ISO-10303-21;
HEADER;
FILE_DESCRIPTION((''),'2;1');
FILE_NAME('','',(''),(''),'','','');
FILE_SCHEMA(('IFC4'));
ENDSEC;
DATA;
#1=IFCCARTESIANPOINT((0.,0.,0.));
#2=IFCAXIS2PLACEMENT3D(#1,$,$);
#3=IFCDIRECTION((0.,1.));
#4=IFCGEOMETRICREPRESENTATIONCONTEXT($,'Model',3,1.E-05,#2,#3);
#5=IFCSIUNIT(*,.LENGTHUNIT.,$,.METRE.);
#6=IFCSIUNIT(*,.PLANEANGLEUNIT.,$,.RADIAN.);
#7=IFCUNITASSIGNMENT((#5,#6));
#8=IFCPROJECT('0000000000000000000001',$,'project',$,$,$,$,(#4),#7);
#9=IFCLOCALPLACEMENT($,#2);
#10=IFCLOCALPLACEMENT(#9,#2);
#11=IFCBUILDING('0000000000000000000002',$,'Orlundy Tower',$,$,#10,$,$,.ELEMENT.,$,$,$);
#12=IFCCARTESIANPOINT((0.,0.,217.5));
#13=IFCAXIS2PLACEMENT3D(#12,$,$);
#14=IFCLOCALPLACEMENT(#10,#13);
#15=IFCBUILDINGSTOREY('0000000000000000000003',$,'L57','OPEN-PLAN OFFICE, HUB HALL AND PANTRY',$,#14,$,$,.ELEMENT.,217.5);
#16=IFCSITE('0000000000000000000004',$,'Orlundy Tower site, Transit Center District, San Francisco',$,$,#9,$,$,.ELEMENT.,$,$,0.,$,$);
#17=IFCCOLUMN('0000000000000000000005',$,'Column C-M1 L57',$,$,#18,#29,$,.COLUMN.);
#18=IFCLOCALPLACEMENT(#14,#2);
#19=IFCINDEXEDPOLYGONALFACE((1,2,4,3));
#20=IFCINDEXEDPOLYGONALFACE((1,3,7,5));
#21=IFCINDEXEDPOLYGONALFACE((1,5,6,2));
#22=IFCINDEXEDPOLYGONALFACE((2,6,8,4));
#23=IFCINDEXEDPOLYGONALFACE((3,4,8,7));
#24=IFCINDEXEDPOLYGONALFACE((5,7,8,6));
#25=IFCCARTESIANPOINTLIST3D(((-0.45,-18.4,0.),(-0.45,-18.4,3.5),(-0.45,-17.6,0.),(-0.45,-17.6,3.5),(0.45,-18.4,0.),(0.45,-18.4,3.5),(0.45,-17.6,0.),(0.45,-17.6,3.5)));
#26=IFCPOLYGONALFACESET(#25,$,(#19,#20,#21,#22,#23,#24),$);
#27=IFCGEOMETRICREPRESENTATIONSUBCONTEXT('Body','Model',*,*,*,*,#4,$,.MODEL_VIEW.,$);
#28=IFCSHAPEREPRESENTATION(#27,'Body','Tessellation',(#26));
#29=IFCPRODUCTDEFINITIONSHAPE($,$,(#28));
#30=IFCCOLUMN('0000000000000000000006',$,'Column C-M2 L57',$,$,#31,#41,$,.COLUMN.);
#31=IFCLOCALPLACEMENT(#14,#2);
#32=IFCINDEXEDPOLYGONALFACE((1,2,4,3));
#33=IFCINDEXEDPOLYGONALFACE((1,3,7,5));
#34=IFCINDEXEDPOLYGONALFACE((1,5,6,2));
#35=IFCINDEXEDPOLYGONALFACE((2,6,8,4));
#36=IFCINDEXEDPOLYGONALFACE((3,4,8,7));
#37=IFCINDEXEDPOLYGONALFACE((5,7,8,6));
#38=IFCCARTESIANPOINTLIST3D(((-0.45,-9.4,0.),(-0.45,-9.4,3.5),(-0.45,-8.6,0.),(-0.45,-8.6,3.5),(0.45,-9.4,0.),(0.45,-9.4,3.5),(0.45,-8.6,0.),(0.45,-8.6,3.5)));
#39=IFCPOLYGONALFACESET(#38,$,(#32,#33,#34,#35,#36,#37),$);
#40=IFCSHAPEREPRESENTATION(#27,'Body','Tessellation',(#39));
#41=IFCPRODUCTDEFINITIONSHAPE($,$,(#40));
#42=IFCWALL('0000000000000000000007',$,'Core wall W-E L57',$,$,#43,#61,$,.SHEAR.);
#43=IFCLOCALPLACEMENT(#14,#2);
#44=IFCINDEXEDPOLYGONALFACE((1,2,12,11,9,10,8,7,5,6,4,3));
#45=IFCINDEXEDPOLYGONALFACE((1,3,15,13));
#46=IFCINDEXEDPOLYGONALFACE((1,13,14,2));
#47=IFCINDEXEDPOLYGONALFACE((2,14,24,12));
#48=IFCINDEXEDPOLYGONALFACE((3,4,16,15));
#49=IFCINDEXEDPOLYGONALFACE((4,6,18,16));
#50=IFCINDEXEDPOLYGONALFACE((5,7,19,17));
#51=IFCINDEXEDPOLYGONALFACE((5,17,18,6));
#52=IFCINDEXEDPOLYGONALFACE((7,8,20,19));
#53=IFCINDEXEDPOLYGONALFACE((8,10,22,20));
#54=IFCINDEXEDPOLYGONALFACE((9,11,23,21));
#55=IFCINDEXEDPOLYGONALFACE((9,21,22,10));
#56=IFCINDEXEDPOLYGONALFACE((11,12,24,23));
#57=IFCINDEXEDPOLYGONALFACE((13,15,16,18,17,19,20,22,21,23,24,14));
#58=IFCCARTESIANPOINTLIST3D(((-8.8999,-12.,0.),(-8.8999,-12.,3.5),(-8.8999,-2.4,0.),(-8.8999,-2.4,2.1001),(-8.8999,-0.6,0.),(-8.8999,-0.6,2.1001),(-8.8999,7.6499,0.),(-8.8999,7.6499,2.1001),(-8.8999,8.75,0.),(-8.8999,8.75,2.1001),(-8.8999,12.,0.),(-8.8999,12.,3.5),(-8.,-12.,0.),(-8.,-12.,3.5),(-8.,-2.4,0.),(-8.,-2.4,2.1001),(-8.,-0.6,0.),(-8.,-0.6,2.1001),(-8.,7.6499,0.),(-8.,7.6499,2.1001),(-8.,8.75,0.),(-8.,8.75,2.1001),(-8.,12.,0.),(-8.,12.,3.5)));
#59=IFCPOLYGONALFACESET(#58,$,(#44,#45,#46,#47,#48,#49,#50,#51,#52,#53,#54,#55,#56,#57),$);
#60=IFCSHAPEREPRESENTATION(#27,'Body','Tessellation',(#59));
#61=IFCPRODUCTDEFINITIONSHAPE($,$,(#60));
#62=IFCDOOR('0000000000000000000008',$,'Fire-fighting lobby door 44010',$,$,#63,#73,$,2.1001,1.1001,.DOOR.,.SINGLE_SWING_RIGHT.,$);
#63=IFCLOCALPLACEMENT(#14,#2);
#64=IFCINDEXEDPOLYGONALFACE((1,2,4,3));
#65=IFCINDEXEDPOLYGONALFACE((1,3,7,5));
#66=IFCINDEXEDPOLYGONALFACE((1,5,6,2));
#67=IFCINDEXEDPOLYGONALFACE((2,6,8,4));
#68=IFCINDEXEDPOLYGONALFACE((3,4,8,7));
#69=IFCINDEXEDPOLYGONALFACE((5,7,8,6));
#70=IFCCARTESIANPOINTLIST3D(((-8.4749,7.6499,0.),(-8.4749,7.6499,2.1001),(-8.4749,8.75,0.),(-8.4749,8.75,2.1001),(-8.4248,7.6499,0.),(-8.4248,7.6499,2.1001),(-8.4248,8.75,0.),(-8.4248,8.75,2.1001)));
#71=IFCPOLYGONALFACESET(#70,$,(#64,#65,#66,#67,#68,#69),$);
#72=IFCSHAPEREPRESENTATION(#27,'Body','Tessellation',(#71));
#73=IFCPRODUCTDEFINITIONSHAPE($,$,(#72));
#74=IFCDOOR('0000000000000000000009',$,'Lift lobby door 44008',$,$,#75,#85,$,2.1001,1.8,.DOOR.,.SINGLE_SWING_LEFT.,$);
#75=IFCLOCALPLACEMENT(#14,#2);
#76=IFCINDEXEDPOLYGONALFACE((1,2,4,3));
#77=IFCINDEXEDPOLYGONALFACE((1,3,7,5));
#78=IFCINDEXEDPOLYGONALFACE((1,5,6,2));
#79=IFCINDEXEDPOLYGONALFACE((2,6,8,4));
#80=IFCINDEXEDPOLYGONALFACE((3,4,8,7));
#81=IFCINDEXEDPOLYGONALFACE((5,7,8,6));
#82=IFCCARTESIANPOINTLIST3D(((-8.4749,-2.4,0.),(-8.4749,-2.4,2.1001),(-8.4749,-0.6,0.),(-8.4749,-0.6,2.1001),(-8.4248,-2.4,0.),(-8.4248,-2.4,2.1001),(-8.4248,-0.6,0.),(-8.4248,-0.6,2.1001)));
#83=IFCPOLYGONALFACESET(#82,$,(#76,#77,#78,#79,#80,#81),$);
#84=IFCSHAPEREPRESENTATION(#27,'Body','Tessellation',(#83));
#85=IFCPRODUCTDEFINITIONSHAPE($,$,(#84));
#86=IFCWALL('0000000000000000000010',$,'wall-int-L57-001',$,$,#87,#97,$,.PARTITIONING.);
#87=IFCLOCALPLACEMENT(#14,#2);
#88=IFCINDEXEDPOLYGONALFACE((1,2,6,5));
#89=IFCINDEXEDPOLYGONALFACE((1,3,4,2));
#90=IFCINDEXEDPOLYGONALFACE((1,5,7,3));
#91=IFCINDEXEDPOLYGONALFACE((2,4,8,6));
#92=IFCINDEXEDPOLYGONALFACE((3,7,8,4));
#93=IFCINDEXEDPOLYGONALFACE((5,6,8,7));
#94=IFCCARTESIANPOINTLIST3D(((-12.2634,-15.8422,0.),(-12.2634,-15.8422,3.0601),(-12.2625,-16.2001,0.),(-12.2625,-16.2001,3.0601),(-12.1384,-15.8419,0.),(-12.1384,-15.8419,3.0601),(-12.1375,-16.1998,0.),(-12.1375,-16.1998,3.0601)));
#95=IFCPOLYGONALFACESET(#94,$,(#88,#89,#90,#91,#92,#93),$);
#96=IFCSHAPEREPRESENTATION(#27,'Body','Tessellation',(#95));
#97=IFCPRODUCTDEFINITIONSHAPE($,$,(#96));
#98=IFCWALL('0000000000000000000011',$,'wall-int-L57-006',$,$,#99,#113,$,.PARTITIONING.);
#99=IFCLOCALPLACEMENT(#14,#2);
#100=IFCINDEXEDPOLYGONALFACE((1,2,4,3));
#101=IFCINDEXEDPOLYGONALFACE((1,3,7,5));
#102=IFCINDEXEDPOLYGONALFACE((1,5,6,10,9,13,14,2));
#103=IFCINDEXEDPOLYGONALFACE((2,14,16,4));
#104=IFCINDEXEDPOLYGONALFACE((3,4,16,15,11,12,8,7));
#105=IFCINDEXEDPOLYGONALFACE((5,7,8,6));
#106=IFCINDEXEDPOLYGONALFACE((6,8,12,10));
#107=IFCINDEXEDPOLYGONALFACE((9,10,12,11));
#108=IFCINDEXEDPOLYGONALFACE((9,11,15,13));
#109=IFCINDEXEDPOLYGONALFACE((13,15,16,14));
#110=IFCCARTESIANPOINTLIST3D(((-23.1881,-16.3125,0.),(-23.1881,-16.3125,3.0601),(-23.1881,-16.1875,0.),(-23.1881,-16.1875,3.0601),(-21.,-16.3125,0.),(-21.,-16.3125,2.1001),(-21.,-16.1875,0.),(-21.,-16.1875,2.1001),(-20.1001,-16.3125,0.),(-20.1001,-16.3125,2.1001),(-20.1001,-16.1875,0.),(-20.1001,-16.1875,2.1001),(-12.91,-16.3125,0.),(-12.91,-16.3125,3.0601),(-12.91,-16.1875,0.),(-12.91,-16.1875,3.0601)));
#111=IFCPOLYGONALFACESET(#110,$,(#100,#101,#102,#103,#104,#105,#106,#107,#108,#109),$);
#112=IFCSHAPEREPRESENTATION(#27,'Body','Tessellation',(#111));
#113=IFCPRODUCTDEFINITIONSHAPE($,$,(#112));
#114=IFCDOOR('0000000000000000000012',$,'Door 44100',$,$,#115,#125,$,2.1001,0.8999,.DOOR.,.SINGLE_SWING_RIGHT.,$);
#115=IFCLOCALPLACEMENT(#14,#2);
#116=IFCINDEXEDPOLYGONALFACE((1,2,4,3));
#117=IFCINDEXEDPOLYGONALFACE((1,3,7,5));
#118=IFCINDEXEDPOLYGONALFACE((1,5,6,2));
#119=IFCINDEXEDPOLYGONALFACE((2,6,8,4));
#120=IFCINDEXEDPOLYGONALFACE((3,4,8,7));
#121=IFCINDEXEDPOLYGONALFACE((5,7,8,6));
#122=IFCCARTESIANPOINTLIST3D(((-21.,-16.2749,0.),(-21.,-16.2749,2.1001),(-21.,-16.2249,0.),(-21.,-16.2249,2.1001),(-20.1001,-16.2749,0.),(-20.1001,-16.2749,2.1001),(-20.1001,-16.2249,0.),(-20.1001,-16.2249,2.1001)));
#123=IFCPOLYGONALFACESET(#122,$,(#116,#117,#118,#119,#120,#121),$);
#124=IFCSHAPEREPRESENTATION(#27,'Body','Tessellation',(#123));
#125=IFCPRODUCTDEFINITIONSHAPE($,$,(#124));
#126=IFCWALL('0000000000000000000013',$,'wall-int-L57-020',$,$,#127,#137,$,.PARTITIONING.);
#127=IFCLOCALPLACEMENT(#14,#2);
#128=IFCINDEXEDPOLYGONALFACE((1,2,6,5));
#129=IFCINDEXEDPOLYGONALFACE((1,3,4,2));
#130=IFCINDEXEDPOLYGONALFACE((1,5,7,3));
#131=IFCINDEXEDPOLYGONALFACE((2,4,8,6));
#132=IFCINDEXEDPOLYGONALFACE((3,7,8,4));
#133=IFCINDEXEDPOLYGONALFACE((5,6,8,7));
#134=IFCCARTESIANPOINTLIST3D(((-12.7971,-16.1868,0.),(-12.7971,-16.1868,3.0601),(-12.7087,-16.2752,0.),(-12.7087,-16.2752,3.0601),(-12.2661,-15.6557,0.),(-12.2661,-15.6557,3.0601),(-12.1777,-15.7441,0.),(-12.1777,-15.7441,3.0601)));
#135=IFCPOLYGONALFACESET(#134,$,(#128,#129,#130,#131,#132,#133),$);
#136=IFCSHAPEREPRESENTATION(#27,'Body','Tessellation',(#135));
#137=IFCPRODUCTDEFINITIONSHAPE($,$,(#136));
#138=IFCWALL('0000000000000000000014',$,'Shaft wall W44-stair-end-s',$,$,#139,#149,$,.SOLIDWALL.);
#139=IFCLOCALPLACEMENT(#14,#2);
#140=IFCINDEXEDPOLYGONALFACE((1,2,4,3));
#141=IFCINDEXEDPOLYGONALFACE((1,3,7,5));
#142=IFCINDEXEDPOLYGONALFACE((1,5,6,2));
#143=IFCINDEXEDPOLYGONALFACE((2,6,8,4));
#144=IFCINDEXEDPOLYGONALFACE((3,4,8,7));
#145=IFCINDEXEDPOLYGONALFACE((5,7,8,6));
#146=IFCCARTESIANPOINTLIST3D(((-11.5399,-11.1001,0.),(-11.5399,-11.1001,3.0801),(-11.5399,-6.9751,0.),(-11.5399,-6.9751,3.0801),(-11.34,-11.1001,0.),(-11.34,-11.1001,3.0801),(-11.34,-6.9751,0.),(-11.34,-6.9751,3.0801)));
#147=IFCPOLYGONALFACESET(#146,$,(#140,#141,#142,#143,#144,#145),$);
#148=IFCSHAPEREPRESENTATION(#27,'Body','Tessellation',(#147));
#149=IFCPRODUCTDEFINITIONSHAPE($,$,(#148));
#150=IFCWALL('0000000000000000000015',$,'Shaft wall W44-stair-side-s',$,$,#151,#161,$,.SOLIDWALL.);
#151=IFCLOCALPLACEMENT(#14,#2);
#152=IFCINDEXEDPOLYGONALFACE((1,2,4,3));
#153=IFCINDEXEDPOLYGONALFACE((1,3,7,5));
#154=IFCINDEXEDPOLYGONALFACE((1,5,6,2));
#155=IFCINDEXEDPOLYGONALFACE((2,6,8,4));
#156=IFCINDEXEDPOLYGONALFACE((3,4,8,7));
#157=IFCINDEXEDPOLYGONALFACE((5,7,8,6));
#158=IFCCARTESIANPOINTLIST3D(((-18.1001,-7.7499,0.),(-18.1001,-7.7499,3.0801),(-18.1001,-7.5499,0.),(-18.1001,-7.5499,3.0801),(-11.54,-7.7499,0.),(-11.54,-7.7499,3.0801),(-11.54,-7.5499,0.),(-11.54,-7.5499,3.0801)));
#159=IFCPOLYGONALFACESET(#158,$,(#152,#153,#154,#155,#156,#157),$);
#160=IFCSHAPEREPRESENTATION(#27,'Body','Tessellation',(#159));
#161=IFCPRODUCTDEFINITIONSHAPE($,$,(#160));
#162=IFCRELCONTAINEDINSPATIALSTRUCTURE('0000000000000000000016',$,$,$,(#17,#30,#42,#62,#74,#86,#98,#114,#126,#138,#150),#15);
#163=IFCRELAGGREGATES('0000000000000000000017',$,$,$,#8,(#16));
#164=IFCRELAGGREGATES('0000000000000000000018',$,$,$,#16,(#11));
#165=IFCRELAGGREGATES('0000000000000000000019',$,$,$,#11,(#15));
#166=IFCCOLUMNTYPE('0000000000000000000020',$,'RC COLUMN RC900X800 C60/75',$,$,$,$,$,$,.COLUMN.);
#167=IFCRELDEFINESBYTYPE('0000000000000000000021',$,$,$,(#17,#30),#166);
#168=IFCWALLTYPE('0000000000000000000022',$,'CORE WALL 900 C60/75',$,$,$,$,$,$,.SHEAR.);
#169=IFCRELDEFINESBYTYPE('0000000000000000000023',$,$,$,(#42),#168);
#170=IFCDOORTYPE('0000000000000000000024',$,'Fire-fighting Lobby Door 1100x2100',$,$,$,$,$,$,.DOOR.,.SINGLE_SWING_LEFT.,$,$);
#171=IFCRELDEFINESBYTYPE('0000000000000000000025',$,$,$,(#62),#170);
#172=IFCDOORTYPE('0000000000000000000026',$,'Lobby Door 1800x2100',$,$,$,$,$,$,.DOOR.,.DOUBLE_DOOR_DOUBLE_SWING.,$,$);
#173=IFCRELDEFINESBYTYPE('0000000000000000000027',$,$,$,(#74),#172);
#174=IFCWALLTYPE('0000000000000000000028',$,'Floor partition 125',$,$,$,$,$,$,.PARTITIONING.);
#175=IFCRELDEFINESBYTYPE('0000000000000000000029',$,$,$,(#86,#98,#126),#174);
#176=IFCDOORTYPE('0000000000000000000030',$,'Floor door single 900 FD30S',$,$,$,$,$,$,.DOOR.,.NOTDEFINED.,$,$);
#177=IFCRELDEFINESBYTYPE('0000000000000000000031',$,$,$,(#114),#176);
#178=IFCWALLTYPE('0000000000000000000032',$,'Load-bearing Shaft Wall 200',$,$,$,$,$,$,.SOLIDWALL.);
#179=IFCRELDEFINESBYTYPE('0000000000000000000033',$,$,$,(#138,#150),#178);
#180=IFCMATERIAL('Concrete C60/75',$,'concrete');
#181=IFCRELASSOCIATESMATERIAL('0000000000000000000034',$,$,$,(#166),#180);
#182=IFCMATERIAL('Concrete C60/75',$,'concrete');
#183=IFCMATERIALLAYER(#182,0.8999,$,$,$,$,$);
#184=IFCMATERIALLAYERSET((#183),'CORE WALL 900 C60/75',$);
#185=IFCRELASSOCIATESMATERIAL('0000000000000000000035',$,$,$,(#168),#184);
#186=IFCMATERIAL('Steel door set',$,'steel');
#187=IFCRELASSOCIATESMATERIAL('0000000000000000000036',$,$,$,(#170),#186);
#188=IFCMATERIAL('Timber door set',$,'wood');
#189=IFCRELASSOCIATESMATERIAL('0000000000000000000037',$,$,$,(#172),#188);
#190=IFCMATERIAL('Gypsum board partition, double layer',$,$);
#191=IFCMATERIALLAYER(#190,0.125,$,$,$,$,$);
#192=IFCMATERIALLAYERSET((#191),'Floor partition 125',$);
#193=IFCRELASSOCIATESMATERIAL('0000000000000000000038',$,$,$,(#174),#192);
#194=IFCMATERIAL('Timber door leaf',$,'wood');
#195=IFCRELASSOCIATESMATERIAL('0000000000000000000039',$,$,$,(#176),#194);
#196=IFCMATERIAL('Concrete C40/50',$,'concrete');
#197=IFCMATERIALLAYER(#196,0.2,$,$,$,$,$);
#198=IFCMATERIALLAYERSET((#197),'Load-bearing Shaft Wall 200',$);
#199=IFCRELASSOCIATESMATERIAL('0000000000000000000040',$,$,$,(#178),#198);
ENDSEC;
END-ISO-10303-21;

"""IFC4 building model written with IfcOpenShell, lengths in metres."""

from ifc_helpers import new_model, si_unit, direction, frame, frame_2d, origin, origin_2d, place, context, subcontext, project, spatial, rectangle, extrude, material, layer, layer_set, material_profile, profile_set, type_object, element, fill, save


model = new_model("IFC4")

# Units and contexts
model_context = context("Model", 3, precision=1e-05, world=origin(), true_north=direction((0.0, 1.0)))
body_context = subcontext(model_context, "Body", "Model", "MODEL_VIEW")
ifc_project = project(units=[si_unit("LENGTHUNIT", "METRE"), si_unit("PLANEANGLEUNIT", "RADIAN")], contexts=[model_context])

# Site, building, storey
site_placement = place(None, origin())
site = spatial("IfcSite", under=ifc_project, at=site_placement, Name="Orlundy Tower site, Transit Center District, San Francisco", CompositionType="ELEMENT", RefElevation=0.0)
building_placement = place(site_placement, origin())
building = spatial("IfcBuilding", under=site, at=building_placement, Name="Orlundy Tower", CompositionType="ELEMENT")
storey_placement = place(building_placement, frame((0.0, 0.0, 217.5)))
storey = spatial("IfcBuildingStorey", under=building, at=storey_placement, Name="L57", Description="OPEN-PLAN OFFICE, HUB HALL AND PANTRY", CompositionType="ELEMENT", Elevation=217.5)

# Columns
ifc_material_1 = material(Name="Concrete C60/75", Category="concrete")
ifc_material_profile = material_profile(ifc_material_1, rectangle(XDim=0.8999, YDim=0.8, at=origin_2d()), Name="RC900X800")
ifc_profile_set = profile_set([ifc_material_profile], Name="Concrete C60/75")
column_type = type_object("IfcColumnType", Name="RC COLUMN RC900X800 C60/75", PredefinedType="COLUMN", material=ifc_profile_set)
for number, where, z_axis, x_axis, name in (
    (1, (0.0, -18.0, 0.0), (0.0, 0.0, 1.0), (1.0, 0.0, 0.0), "Column C-M1 L57"),
    (2, (0.0, -9.0, 0.0), (0.0, 0.0, 1.0), (1.0, 0.0, 0.0), "Column C-M2 L57"),
):
    element("IfcColumn", number, at=place(storey_placement, frame(where, z_axis=z_axis, x_axis=x_axis)), inside=storey, type_object=column_type, Name=name, PredefinedType="COLUMN", context=body_context, shape_type="SweptSolid", body=[
        extrude(rectangle(XDim=0.8999, YDim=0.8, at=origin_2d()), origin(), (0.0, 0.0, 1.0), 3.5),
    ])

# Wall, openings, doors
ifc_material_2 = material(Name="Concrete C60/75", Category="concrete")
ifc_layer_1 = layer(ifc_material_2, 0.8999)
ifc_layer_set_1 = layer_set([ifc_layer_1], Name="CORE WALL 900 C60/75")
wall_type_1 = type_object("IfcWallType", Name="CORE WALL 900 C60/75", PredefinedType="SHEAR", material=ifc_layer_set_1)
wall_1_placement = place(storey_placement, frame((-8.45, -12.0, 0.0), z_axis=(0.0, 0.0, 1.0), x_axis=(0.0, 1.0, 0.0)))
wall_1 = element("IfcWall", 3, at=wall_1_placement, inside=storey, type_object=wall_type_1, Name="Core wall W-E L57", PredefinedType="SHEAR", context=body_context, shape_type="SweptSolid", body=[
    extrude(rectangle(XDim=24.0, YDim=0.8999, at=frame_2d((12.0, 0.0))), origin(), (0.0, 0.0, 1.0), 3.5),
])
opening_1_placement = place(wall_1_placement, frame((9.6001, 0.0, 0.0)))
opening_1 = element("IfcOpeningElement", 4, at=opening_1_placement, cuts=wall_1, PredefinedType="OPENING", context=body_context, shape_type="SweptSolid", body=[
    extrude(rectangle(XDim=1.8, YDim=2.1001, at=frame_2d((0.8999, 1.05))), frame((0.0, 0.46, 0.0), z_axis=(0.0, -1.0, 0.0), x_axis=(1.0, 0.0, 0.0)), (0.0, 0.0, 1.0), 0.9199),
])
opening_2_placement = place(wall_1_placement, frame((19.6499, 0.0, 0.0)))
opening_2 = element("IfcOpeningElement", 5, at=opening_2_placement, cuts=wall_1, PredefinedType="OPENING", context=body_context, shape_type="SweptSolid", body=[
    extrude(rectangle(XDim=1.1001, YDim=2.1001, at=frame_2d((0.55, 1.05))), frame((0.0, 0.46, 0.0), z_axis=(0.0, -1.0, 0.0), x_axis=(1.0, 0.0, 0.0)), (0.0, 0.0, 1.0), 0.9199),
])
ifc_material_3 = material(Name="Steel door set", Category="steel")
door_type_1 = type_object("IfcDoorType", Name="Fire-fighting Lobby Door 1100x2100", OperationType="SINGLE_SWING_LEFT", PredefinedType="DOOR", material=ifc_material_3)
door_1_placement = place(opening_2_placement, origin())
door_1 = element("IfcDoor", 6, at=door_1_placement, inside=storey, type_object=door_type_1, Name="Fire-fighting lobby door 44010", OperationType="SINGLE_SWING_RIGHT", OverallHeight=2.1001, OverallWidth=1.1001, PredefinedType="DOOR", context=body_context, shape_type="SweptSolid", body=[
    extrude(rectangle(XDim=1.1001, YDim=2.1001, at=frame_2d((0.55, 1.05))), frame((0.0, 0.0249, 0.0), z_axis=(0.0, -1.0, 0.0), x_axis=(1.0, 0.0, 0.0)), (0.0, 0.0, 1.0), 0.05),
])
fill(opening_2, door_1)
ifc_material_4 = material(Name="Timber door set", Category="wood")
door_type_2 = type_object("IfcDoorType", Name="Lobby Door 1800x2100", OperationType="DOUBLE_DOOR_DOUBLE_SWING", PredefinedType="DOOR", material=ifc_material_4)
door_2_placement = place(opening_1_placement, origin())
door_2 = element("IfcDoor", 7, at=door_2_placement, inside=storey, type_object=door_type_2, Name="Lift lobby door 44008", OperationType="SINGLE_SWING_LEFT", OverallHeight=2.1001, OverallWidth=1.8, PredefinedType="DOOR", context=body_context, shape_type="SweptSolid", body=[
    extrude(rectangle(XDim=1.8, YDim=2.1001, at=frame_2d((0.8999, 1.05))), frame((0.0, 0.0249, 0.0), z_axis=(0.0, -1.0, 0.0), x_axis=(1.0, 0.0, 0.0)), (0.0, 0.0, 1.0), 0.05),
])
fill(opening_1, door_2)

# Wall
ifc_material_5 = material(Name="Gypsum board partition, double layer")
ifc_layer_2 = layer(ifc_material_5, 0.125)
ifc_layer_set_2 = layer_set([ifc_layer_2], Name="Floor partition 125")
wall_type_2 = type_object("IfcWallType", Name="Floor partition 125", PredefinedType="PARTITIONING", material=ifc_layer_set_2)
wall_2_placement = place(storey_placement, frame((-12.2009, -15.842, 0.0), z_axis=(0.0, 0.0, 1.0), x_axis=(0.002729, -0.999996, 0.0)))
element("IfcWall", 8, at=wall_2_placement, inside=storey, type_object=wall_type_2, Name="wall-int-L57-001", PredefinedType="PARTITIONING", context=body_context, shape_type="SweptSolid", body=[
    extrude(rectangle(XDim=0.3579, YDim=0.125, at=frame_2d((0.179, 0.0))), origin(), (0.0, 0.0, 1.0), 3.0601),
])

# Wall, opening, door
wall_3_placement = place(storey_placement, frame((-12.9099, -16.25, 0.0), z_axis=(0.0, 0.0, 1.0), x_axis=(-1.0, 0.0, 0.0)))
wall_3 = element("IfcWall", 9, at=wall_3_placement, inside=storey, type_object=wall_type_2, Name="wall-int-L57-006", PredefinedType="PARTITIONING", context=body_context, shape_type="SweptSolid", body=[
    extrude(rectangle(XDim=10.2781, YDim=0.125, at=frame_2d((5.1392, 0.0))), origin(), (0.0, 0.0, 1.0), 3.0601),
])
opening_3_placement = place(wall_3_placement, frame((7.1902, 0.0, 0.0)))
opening_3 = element("IfcOpeningElement", 10, at=opening_3_placement, cuts=wall_3, PredefinedType="OPENING", context=body_context, shape_type="SweptSolid", body=[
    extrude(rectangle(XDim=0.8999, YDim=2.1001, at=frame_2d((0.45, 1.05))), frame((0.0, 0.0725, 0.0), z_axis=(0.0, -1.0, 0.0), x_axis=(1.0, 0.0, 0.0)), (0.0, 0.0, 1.0), 0.145),
])
ifc_material_6 = material(Name="Timber door leaf", Category="wood")
door_type_3 = type_object("IfcDoorType", Name="Floor door single 900 FD30S", OperationType="NOTDEFINED", PredefinedType="DOOR", material=ifc_material_6)
door_3_placement = place(opening_3_placement, origin())
door_3 = element("IfcDoor", 11, at=door_3_placement, inside=storey, type_object=door_type_3, Name="Door 44100", OperationType="SINGLE_SWING_RIGHT", OverallHeight=2.1001, OverallWidth=0.8999, PredefinedType="DOOR", context=body_context, shape_type="SweptSolid", body=[
    extrude(rectangle(XDim=0.8999, YDim=2.1001, at=frame_2d((0.45, 1.05))), frame((0.0, 0.0249, 0.0), z_axis=(0.0, -1.0, 0.0), x_axis=(1.0, 0.0, 0.0)), (0.0, 0.0, 1.0), 0.05),
])
fill(opening_3, door_3)

# Walls
wall_4_placement = place(storey_placement, frame((-12.7529, -16.231, 0.0), z_axis=(0.0, 0.0, 1.0), x_axis=(0.707107, 0.707107, 0.0)))
element("IfcWall", 12, at=wall_4_placement, inside=storey, type_object=wall_type_2, Name="wall-int-L57-020", PredefinedType="PARTITIONING", context=body_context, shape_type="SweptSolid", body=[
    extrude(rectangle(XDim=0.751, YDim=0.125, at=frame_2d((0.3755, 0.0))), origin(), (0.0, 0.0, 1.0), 3.0601),
])
ifc_material_7 = material(Name="Concrete C40/50", Category="concrete")
ifc_layer_3 = layer(ifc_material_7, 0.2)
ifc_layer_set_3 = layer_set([ifc_layer_3], Name="Load-bearing Shaft Wall 200")
wall_type_3 = type_object("IfcWallType", Name="Load-bearing Shaft Wall 200", PredefinedType="SOLIDWALL", material=ifc_layer_set_3)
wall_5_placement = place(storey_placement, frame((-11.4399, -11.1001, 0.0), z_axis=(0.0, 0.0, 1.0), x_axis=(0.0, 1.0, 0.0)))
element("IfcWall", 13, at=wall_5_placement, inside=storey, type_object=wall_type_3, Name="Shaft wall W44-stair-end-s", PredefinedType="SOLIDWALL", context=body_context, shape_type="SweptSolid", body=[
    extrude(rectangle(XDim=4.125, YDim=0.2, at=frame_2d((2.0625, 0.0))), origin(), (0.0, 0.0, 1.0), 3.0801),
])
wall_6_placement = place(storey_placement, frame((-11.54, -7.6499, 0.0), z_axis=(0.0, 0.0, 1.0), x_axis=(-1.0, 0.0, 0.0)))
element("IfcWall", 14, at=wall_6_placement, inside=storey, type_object=wall_type_3, Name="Shaft wall W44-stair-side-s", PredefinedType="SOLIDWALL", context=body_context, shape_type="SweptSolid", body=[
    extrude(rectangle(XDim=6.5601, YDim=0.2, at=frame_2d((3.28, 0.0))), origin(), (0.0, 0.0, 1.0), 3.0801),
])

save(model, "model.ifc")
